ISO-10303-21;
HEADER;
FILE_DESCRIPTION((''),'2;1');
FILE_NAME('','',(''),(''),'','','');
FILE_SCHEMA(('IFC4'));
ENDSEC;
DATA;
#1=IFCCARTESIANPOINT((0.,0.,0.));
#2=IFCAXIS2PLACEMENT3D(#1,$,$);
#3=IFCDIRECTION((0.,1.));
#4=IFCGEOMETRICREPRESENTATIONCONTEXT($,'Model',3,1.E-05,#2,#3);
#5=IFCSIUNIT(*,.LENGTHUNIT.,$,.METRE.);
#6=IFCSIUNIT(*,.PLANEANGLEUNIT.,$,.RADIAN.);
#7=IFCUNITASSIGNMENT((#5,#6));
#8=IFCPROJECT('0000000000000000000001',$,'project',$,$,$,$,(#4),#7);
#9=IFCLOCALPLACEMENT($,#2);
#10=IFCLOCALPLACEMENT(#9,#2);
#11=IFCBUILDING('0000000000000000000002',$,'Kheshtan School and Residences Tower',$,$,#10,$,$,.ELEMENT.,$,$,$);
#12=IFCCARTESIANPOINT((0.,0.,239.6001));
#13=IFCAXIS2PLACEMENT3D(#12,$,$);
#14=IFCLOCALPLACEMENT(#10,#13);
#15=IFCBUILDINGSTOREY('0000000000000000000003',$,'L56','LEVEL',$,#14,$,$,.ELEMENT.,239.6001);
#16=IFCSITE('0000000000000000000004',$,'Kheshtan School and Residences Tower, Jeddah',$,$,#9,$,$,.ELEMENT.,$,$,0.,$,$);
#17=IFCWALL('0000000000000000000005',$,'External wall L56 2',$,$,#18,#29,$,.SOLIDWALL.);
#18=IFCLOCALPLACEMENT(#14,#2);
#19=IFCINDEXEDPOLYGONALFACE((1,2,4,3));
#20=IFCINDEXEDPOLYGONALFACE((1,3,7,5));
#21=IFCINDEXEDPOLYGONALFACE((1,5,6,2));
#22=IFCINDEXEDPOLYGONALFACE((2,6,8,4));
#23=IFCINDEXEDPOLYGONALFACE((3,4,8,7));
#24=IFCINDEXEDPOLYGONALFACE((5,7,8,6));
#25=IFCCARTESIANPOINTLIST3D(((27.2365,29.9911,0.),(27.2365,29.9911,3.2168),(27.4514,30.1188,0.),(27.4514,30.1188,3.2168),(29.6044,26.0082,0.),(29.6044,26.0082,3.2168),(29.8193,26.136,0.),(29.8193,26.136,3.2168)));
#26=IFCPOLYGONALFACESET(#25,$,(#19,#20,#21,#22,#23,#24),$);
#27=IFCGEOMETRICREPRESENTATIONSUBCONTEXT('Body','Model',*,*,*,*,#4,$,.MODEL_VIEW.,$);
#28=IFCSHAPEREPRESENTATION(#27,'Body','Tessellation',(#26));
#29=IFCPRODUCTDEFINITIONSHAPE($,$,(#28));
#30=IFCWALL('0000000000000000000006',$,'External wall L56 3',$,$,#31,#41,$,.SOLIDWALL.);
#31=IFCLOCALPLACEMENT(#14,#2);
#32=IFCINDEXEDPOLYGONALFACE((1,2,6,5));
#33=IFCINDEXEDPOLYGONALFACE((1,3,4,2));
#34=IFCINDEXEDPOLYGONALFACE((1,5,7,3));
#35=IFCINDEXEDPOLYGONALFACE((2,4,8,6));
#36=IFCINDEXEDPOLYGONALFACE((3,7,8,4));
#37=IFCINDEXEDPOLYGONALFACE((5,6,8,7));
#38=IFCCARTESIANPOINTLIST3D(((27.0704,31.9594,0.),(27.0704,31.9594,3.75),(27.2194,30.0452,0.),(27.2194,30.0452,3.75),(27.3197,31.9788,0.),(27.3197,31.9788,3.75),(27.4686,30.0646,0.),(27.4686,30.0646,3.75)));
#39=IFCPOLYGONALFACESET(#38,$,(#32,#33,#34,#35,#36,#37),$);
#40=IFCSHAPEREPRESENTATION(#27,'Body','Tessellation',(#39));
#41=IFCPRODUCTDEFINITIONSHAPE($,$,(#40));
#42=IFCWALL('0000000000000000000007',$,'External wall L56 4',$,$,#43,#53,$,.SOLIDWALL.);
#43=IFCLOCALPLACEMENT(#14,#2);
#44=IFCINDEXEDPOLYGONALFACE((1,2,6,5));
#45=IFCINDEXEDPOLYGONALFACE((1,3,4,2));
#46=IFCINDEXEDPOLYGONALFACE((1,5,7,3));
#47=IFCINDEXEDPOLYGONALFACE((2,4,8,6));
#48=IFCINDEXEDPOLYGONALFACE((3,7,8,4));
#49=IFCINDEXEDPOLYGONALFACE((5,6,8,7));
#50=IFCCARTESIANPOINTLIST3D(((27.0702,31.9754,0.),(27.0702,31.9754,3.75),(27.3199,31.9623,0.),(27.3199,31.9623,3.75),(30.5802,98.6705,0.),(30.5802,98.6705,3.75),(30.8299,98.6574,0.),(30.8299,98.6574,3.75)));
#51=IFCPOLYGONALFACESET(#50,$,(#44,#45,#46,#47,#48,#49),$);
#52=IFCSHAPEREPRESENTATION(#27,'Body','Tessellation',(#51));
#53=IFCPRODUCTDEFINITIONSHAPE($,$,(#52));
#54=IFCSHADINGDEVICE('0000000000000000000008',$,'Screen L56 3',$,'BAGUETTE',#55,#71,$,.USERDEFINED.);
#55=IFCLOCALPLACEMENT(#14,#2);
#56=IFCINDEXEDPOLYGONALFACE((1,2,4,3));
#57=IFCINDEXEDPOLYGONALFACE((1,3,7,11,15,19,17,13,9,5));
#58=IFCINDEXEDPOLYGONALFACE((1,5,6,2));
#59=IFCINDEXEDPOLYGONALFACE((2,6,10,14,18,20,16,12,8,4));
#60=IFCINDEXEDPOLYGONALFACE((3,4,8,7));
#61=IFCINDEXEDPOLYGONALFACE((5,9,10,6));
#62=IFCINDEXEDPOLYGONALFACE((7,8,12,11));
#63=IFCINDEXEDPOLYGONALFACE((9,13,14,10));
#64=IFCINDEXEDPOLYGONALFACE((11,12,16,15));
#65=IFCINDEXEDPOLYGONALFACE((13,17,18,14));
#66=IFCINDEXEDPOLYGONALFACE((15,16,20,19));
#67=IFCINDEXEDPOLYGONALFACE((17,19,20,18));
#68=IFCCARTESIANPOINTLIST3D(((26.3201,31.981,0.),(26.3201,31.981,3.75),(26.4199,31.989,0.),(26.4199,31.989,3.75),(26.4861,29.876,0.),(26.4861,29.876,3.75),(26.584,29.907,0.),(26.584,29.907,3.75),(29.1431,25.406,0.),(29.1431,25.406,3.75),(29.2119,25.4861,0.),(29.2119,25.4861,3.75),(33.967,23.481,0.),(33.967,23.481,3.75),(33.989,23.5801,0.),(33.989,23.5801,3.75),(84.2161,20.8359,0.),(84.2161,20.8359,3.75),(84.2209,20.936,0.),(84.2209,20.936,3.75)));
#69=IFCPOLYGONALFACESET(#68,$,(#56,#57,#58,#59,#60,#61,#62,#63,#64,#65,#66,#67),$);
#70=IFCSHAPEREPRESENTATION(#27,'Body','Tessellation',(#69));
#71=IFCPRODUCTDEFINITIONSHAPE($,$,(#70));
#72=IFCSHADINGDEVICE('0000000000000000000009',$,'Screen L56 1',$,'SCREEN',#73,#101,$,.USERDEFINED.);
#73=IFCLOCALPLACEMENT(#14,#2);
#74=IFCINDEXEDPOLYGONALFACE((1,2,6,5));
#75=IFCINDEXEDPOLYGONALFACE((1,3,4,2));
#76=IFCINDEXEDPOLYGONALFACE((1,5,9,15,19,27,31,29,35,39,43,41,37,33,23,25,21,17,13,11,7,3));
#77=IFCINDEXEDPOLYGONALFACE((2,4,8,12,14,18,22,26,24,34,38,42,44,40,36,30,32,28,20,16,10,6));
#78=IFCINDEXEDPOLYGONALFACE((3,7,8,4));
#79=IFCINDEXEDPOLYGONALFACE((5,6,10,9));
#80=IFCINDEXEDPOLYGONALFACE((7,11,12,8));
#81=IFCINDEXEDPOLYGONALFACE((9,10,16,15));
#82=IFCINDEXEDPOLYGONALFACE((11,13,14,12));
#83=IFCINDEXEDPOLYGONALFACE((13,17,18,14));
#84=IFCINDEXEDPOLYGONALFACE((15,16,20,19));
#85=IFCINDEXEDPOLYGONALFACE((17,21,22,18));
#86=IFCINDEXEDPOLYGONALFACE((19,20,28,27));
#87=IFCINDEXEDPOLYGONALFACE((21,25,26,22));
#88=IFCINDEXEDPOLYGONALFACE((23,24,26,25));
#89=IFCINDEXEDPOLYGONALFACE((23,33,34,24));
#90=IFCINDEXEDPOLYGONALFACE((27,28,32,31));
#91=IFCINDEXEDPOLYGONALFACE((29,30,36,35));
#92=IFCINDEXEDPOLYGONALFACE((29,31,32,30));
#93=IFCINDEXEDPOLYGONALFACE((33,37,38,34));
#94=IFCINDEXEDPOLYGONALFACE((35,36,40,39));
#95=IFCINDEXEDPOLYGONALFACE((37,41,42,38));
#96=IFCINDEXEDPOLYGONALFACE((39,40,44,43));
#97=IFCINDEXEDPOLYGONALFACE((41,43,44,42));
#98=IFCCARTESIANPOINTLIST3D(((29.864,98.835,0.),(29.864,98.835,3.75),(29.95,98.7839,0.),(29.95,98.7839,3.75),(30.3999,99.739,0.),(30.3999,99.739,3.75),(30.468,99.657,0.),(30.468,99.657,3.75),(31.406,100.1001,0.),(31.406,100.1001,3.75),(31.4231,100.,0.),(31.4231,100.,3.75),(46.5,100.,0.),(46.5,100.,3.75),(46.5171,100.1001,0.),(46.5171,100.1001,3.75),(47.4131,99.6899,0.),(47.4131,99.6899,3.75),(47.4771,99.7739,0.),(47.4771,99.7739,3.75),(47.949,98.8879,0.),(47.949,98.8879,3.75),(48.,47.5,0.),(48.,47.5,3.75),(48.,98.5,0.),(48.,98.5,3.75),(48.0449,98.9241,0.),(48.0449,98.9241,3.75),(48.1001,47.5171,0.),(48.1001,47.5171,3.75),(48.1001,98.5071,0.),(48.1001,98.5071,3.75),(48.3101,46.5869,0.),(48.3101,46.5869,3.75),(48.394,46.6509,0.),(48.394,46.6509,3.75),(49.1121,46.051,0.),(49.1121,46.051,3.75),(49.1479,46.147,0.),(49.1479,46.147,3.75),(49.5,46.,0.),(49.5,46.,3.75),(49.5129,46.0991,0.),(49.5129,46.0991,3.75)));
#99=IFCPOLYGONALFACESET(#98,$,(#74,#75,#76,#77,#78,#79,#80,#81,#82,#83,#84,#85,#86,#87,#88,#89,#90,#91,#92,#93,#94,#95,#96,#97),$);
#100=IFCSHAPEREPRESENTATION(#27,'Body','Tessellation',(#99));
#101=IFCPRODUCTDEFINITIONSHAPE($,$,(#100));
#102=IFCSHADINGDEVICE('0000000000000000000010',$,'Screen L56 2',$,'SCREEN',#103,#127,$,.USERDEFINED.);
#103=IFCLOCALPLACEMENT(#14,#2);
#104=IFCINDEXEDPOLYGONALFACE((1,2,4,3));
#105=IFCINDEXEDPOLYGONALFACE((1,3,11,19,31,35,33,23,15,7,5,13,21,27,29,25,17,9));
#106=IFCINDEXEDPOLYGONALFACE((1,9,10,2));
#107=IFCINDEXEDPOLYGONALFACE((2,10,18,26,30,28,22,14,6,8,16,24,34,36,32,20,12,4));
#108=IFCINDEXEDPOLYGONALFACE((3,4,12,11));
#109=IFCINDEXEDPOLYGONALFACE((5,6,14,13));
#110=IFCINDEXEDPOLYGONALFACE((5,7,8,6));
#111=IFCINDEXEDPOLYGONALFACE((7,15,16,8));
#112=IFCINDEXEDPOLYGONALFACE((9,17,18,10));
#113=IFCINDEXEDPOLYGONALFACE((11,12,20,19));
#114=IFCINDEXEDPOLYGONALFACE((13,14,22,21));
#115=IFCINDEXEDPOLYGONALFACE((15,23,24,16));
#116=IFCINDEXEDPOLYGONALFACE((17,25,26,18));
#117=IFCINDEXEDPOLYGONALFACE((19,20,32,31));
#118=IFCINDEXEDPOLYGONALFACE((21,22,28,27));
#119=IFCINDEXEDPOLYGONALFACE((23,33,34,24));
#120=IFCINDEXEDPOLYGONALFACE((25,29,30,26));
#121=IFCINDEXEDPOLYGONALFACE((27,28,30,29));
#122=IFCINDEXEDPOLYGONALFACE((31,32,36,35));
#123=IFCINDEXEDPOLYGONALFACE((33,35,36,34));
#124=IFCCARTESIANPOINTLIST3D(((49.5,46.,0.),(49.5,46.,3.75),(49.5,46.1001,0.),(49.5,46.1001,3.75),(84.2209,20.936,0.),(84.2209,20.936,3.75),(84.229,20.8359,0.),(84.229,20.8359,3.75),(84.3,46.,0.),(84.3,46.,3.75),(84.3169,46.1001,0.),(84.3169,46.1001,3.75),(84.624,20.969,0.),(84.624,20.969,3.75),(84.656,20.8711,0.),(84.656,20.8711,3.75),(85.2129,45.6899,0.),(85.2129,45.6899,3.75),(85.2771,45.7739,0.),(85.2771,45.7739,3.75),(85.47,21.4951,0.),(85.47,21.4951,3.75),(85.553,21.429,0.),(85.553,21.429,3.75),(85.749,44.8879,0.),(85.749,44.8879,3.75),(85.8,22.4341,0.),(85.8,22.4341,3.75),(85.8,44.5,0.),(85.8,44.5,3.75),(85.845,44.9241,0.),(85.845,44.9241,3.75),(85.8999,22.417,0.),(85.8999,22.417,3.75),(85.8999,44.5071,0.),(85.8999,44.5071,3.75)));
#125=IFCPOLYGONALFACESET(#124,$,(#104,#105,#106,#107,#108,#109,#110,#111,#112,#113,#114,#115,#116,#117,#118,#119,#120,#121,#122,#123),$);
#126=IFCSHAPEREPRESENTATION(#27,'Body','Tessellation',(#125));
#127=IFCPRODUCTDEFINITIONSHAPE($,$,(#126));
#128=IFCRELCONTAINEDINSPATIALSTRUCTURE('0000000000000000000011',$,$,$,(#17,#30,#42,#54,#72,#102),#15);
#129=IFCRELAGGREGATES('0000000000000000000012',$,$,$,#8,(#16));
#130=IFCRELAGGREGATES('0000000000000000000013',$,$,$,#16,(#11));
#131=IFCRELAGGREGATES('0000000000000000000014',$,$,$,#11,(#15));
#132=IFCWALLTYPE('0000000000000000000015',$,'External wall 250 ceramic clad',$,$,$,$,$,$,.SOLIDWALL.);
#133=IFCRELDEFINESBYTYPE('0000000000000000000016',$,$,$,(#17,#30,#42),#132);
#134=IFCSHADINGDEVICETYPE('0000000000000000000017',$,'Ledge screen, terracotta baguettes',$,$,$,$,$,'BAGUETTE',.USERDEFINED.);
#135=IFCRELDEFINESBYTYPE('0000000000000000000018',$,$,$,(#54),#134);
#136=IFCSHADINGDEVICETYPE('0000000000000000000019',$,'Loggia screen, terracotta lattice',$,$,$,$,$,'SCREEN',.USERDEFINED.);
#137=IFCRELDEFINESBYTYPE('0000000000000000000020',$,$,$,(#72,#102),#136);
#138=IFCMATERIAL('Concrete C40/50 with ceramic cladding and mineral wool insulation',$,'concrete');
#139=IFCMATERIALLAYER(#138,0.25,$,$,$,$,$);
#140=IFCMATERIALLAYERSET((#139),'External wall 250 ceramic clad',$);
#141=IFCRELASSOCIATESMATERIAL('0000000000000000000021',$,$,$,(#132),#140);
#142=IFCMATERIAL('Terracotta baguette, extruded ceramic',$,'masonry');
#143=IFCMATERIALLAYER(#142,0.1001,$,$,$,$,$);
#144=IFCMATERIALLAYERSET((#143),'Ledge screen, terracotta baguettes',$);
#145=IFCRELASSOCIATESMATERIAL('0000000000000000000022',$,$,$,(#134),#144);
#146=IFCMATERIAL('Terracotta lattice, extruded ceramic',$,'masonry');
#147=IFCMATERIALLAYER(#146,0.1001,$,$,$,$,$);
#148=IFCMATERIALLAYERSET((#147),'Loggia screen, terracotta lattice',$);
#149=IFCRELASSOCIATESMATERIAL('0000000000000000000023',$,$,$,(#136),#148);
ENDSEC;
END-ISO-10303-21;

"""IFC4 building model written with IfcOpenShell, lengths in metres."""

from ifc_helpers import new_model, si_unit, direction, frame, frame_2d, origin, place, context, subcontext, project, spatial, polyline, rectangle, outline, extrude, material, layer, layer_set, type_object, element, save


model = new_model("IFC4")

# Units and contexts
model_context = context("Model", 3, precision=1e-05, world=origin(), true_north=direction((0.0, 1.0)))
body_context = subcontext(model_context, "Body", "Model", "MODEL_VIEW")
ifc_project = project(units=[si_unit("LENGTHUNIT", "METRE"), si_unit("PLANEANGLEUNIT", "RADIAN")], contexts=[model_context])

# Site, building, storey
site_placement = place(None, origin())
site = spatial("IfcSite", under=ifc_project, at=site_placement, Name="Kheshtan School and Residences Tower, Jeddah", CompositionType="ELEMENT", RefElevation=0.0)
building_placement = place(site_placement, origin())
building = spatial("IfcBuilding", under=site, at=building_placement, Name="Kheshtan School and Residences Tower", CompositionType="ELEMENT")
storey_placement = place(building_placement, frame((0.0, 0.0, 239.6001)))
storey = spatial("IfcBuildingStorey", under=building, at=storey_placement, Name="L56", Description="LEVEL", CompositionType="ELEMENT", Elevation=239.6001)

# Walls
ifc_material_1 = material(Name="Concrete C40/50 with ceramic cladding and mineral wool insulation", Category="concrete")
ifc_layer_1 = layer(ifc_material_1, 0.25)
ifc_layer_set_1 = layer_set([ifc_layer_1], Name="External wall 250 ceramic clad")
wall_type_1 = type_object("IfcWallType", Name="External wall 250 ceramic clad", PredefinedType="SOLIDWALL", material=ifc_layer_set_1)
wall_1_placement = place(storey_placement, frame((29.7119, 26.072, 0.0), z_axis=(0.0, 0.0, 1.0), x_axis=(-0.511028, 0.859564, 0.0)))
element("IfcWall", 1, at=wall_1_placement, inside=storey, type_object=wall_type_1, Name="External wall L56 2", PredefinedType="SOLIDWALL", context=body_context, shape_type="SweptSolid", body=[
    extrude(rectangle(XDim=4.6335, YDim=0.25, at=frame_2d((2.3169, 0.0))), origin(), (0.0, 0.0, 1.0), 3.2168),
])
wall_2_placement = place(storey_placement, frame((27.344, 30.0549, 0.0), z_axis=(0.0, 0.0, 1.0), x_axis=(-0.077572, 0.996987, 0.0)))
element("IfcWall", 2, at=wall_2_placement, inside=storey, type_object=wall_type_1, Name="External wall L56 3", PredefinedType="SOLIDWALL", context=body_context, shape_type="SweptSolid", body=[
    extrude(rectangle(XDim=1.9199, YDim=0.25, at=frame_2d((0.96, 0.0))), origin(), (0.0, 0.0, 1.0), 3.75),
])
wall_3_placement = place(storey_placement, frame((27.1951, 31.969, 0.0), z_axis=(0.0, 0.0, 1.0), x_axis=(0.052555, 0.998618, 0.0)))
element("IfcWall", 3, at=wall_3_placement, inside=storey, type_object=wall_type_1, Name="External wall L56 4", PredefinedType="SOLIDWALL", context=body_context, shape_type="SweptSolid", body=[
    extrude(rectangle(XDim=66.7874, YDim=0.25, at=frame_2d((33.3936, 0.0))), origin(), (0.0, 0.0, 1.0), 3.75),
])

# Shading devices
ifc_material_2 = material(Name="Terracotta baguette, extruded ceramic", Category="masonry")
ifc_layer_2 = layer(ifc_material_2, 0.1001)
ifc_layer_set_2 = layer_set([ifc_layer_2], Name="Ledge screen, terracotta baguettes")
shading_device_type_1 = type_object("IfcShadingDeviceType", Name="Ledge screen, terracotta baguettes", ElementType="BAGUETTE", PredefinedType="USERDEFINED", material=ifc_layer_set_2)
shading_device_1_placement = place(storey_placement, origin())
element("IfcShadingDevice", 4, at=shading_device_1_placement, inside=storey, type_object=shading_device_type_1, Name="Screen L56 3", ObjectType="BAGUETTE", PredefinedType="USERDEFINED", context=body_context, shape_type="SweptSolid", body=[
    extrude(outline(polyline([(84.2209, 20.936), (33.989, 23.5801), (29.2119, 25.4861), (26.584, 29.907), (26.4199, 31.989), (26.3201, 31.981), (26.4861, 29.876), (29.1431, 25.406), (33.967, 23.481), (84.2161, 20.8359), (84.2209, 20.936)])), origin(), (0.0, 0.0, 1.0), 3.75),
])
ifc_material_3 = material(Name="Terracotta lattice, extruded ceramic", Category="masonry")
ifc_layer_3 = layer(ifc_material_3, 0.1001)
ifc_layer_set_3 = layer_set([ifc_layer_3], Name="Loggia screen, terracotta lattice")
shading_device_type_2 = type_object("IfcShadingDeviceType", Name="Loggia screen, terracotta lattice", ElementType="SCREEN", PredefinedType="USERDEFINED", material=ifc_layer_set_3)
shading_device_2_placement = place(storey_placement, origin())
element("IfcShadingDevice", 5, at=shading_device_2_placement, inside=storey, type_object=shading_device_type_2, Name="Screen L56 1", ObjectType="SCREEN", PredefinedType="USERDEFINED", context=body_context, shape_type="SweptSolid", body=[
    extrude(outline(polyline([(29.95, 98.7839), (30.468, 99.657), (31.4231, 100.0), (46.5, 100.0), (47.4131, 99.6899), (47.949, 98.8879), (48.0, 98.5), (48.0, 47.5), (48.3101, 46.5869), (49.1121, 46.051), (49.5, 46.0), (49.5129, 46.0991), (49.1479, 46.147), (48.394, 46.6509), (48.1001, 47.5171), (48.1001, 98.5071), (48.0449, 98.9241), (47.4771, 99.7739), (46.5171, 100.1001), (31.406, 100.1001), (30.3999, 99.739), (29.864, 98.835), (29.95, 98.7839)])), origin(), (0.0, 0.0, 1.0), 3.75),
])
shading_device_3_placement = place(storey_placement, origin())
element("IfcShadingDevice", 6, at=shading_device_3_placement, inside=storey, type_object=shading_device_type_2, Name="Screen L56 2", ObjectType="SCREEN", PredefinedType="USERDEFINED", context=body_context, shape_type="SweptSolid", body=[
    extrude(outline(polyline([(49.5, 46.0), (84.3, 46.0), (85.2129, 45.6899), (85.749, 44.8879), (85.8, 44.5), (85.8, 22.4341), (85.47, 21.4951), (84.624, 20.969), (84.2209, 20.936), (84.229, 20.8359), (84.656, 20.8711), (85.553, 21.429), (85.8999, 22.417), (85.8999, 44.5071), (85.845, 44.9241), (85.2771, 45.7739), (84.3169, 46.1001), (49.5, 46.1001), (49.5, 46.0)])), origin(), (0.0, 0.0, 1.0), 3.75),
])

save(model, "model.ifc")
